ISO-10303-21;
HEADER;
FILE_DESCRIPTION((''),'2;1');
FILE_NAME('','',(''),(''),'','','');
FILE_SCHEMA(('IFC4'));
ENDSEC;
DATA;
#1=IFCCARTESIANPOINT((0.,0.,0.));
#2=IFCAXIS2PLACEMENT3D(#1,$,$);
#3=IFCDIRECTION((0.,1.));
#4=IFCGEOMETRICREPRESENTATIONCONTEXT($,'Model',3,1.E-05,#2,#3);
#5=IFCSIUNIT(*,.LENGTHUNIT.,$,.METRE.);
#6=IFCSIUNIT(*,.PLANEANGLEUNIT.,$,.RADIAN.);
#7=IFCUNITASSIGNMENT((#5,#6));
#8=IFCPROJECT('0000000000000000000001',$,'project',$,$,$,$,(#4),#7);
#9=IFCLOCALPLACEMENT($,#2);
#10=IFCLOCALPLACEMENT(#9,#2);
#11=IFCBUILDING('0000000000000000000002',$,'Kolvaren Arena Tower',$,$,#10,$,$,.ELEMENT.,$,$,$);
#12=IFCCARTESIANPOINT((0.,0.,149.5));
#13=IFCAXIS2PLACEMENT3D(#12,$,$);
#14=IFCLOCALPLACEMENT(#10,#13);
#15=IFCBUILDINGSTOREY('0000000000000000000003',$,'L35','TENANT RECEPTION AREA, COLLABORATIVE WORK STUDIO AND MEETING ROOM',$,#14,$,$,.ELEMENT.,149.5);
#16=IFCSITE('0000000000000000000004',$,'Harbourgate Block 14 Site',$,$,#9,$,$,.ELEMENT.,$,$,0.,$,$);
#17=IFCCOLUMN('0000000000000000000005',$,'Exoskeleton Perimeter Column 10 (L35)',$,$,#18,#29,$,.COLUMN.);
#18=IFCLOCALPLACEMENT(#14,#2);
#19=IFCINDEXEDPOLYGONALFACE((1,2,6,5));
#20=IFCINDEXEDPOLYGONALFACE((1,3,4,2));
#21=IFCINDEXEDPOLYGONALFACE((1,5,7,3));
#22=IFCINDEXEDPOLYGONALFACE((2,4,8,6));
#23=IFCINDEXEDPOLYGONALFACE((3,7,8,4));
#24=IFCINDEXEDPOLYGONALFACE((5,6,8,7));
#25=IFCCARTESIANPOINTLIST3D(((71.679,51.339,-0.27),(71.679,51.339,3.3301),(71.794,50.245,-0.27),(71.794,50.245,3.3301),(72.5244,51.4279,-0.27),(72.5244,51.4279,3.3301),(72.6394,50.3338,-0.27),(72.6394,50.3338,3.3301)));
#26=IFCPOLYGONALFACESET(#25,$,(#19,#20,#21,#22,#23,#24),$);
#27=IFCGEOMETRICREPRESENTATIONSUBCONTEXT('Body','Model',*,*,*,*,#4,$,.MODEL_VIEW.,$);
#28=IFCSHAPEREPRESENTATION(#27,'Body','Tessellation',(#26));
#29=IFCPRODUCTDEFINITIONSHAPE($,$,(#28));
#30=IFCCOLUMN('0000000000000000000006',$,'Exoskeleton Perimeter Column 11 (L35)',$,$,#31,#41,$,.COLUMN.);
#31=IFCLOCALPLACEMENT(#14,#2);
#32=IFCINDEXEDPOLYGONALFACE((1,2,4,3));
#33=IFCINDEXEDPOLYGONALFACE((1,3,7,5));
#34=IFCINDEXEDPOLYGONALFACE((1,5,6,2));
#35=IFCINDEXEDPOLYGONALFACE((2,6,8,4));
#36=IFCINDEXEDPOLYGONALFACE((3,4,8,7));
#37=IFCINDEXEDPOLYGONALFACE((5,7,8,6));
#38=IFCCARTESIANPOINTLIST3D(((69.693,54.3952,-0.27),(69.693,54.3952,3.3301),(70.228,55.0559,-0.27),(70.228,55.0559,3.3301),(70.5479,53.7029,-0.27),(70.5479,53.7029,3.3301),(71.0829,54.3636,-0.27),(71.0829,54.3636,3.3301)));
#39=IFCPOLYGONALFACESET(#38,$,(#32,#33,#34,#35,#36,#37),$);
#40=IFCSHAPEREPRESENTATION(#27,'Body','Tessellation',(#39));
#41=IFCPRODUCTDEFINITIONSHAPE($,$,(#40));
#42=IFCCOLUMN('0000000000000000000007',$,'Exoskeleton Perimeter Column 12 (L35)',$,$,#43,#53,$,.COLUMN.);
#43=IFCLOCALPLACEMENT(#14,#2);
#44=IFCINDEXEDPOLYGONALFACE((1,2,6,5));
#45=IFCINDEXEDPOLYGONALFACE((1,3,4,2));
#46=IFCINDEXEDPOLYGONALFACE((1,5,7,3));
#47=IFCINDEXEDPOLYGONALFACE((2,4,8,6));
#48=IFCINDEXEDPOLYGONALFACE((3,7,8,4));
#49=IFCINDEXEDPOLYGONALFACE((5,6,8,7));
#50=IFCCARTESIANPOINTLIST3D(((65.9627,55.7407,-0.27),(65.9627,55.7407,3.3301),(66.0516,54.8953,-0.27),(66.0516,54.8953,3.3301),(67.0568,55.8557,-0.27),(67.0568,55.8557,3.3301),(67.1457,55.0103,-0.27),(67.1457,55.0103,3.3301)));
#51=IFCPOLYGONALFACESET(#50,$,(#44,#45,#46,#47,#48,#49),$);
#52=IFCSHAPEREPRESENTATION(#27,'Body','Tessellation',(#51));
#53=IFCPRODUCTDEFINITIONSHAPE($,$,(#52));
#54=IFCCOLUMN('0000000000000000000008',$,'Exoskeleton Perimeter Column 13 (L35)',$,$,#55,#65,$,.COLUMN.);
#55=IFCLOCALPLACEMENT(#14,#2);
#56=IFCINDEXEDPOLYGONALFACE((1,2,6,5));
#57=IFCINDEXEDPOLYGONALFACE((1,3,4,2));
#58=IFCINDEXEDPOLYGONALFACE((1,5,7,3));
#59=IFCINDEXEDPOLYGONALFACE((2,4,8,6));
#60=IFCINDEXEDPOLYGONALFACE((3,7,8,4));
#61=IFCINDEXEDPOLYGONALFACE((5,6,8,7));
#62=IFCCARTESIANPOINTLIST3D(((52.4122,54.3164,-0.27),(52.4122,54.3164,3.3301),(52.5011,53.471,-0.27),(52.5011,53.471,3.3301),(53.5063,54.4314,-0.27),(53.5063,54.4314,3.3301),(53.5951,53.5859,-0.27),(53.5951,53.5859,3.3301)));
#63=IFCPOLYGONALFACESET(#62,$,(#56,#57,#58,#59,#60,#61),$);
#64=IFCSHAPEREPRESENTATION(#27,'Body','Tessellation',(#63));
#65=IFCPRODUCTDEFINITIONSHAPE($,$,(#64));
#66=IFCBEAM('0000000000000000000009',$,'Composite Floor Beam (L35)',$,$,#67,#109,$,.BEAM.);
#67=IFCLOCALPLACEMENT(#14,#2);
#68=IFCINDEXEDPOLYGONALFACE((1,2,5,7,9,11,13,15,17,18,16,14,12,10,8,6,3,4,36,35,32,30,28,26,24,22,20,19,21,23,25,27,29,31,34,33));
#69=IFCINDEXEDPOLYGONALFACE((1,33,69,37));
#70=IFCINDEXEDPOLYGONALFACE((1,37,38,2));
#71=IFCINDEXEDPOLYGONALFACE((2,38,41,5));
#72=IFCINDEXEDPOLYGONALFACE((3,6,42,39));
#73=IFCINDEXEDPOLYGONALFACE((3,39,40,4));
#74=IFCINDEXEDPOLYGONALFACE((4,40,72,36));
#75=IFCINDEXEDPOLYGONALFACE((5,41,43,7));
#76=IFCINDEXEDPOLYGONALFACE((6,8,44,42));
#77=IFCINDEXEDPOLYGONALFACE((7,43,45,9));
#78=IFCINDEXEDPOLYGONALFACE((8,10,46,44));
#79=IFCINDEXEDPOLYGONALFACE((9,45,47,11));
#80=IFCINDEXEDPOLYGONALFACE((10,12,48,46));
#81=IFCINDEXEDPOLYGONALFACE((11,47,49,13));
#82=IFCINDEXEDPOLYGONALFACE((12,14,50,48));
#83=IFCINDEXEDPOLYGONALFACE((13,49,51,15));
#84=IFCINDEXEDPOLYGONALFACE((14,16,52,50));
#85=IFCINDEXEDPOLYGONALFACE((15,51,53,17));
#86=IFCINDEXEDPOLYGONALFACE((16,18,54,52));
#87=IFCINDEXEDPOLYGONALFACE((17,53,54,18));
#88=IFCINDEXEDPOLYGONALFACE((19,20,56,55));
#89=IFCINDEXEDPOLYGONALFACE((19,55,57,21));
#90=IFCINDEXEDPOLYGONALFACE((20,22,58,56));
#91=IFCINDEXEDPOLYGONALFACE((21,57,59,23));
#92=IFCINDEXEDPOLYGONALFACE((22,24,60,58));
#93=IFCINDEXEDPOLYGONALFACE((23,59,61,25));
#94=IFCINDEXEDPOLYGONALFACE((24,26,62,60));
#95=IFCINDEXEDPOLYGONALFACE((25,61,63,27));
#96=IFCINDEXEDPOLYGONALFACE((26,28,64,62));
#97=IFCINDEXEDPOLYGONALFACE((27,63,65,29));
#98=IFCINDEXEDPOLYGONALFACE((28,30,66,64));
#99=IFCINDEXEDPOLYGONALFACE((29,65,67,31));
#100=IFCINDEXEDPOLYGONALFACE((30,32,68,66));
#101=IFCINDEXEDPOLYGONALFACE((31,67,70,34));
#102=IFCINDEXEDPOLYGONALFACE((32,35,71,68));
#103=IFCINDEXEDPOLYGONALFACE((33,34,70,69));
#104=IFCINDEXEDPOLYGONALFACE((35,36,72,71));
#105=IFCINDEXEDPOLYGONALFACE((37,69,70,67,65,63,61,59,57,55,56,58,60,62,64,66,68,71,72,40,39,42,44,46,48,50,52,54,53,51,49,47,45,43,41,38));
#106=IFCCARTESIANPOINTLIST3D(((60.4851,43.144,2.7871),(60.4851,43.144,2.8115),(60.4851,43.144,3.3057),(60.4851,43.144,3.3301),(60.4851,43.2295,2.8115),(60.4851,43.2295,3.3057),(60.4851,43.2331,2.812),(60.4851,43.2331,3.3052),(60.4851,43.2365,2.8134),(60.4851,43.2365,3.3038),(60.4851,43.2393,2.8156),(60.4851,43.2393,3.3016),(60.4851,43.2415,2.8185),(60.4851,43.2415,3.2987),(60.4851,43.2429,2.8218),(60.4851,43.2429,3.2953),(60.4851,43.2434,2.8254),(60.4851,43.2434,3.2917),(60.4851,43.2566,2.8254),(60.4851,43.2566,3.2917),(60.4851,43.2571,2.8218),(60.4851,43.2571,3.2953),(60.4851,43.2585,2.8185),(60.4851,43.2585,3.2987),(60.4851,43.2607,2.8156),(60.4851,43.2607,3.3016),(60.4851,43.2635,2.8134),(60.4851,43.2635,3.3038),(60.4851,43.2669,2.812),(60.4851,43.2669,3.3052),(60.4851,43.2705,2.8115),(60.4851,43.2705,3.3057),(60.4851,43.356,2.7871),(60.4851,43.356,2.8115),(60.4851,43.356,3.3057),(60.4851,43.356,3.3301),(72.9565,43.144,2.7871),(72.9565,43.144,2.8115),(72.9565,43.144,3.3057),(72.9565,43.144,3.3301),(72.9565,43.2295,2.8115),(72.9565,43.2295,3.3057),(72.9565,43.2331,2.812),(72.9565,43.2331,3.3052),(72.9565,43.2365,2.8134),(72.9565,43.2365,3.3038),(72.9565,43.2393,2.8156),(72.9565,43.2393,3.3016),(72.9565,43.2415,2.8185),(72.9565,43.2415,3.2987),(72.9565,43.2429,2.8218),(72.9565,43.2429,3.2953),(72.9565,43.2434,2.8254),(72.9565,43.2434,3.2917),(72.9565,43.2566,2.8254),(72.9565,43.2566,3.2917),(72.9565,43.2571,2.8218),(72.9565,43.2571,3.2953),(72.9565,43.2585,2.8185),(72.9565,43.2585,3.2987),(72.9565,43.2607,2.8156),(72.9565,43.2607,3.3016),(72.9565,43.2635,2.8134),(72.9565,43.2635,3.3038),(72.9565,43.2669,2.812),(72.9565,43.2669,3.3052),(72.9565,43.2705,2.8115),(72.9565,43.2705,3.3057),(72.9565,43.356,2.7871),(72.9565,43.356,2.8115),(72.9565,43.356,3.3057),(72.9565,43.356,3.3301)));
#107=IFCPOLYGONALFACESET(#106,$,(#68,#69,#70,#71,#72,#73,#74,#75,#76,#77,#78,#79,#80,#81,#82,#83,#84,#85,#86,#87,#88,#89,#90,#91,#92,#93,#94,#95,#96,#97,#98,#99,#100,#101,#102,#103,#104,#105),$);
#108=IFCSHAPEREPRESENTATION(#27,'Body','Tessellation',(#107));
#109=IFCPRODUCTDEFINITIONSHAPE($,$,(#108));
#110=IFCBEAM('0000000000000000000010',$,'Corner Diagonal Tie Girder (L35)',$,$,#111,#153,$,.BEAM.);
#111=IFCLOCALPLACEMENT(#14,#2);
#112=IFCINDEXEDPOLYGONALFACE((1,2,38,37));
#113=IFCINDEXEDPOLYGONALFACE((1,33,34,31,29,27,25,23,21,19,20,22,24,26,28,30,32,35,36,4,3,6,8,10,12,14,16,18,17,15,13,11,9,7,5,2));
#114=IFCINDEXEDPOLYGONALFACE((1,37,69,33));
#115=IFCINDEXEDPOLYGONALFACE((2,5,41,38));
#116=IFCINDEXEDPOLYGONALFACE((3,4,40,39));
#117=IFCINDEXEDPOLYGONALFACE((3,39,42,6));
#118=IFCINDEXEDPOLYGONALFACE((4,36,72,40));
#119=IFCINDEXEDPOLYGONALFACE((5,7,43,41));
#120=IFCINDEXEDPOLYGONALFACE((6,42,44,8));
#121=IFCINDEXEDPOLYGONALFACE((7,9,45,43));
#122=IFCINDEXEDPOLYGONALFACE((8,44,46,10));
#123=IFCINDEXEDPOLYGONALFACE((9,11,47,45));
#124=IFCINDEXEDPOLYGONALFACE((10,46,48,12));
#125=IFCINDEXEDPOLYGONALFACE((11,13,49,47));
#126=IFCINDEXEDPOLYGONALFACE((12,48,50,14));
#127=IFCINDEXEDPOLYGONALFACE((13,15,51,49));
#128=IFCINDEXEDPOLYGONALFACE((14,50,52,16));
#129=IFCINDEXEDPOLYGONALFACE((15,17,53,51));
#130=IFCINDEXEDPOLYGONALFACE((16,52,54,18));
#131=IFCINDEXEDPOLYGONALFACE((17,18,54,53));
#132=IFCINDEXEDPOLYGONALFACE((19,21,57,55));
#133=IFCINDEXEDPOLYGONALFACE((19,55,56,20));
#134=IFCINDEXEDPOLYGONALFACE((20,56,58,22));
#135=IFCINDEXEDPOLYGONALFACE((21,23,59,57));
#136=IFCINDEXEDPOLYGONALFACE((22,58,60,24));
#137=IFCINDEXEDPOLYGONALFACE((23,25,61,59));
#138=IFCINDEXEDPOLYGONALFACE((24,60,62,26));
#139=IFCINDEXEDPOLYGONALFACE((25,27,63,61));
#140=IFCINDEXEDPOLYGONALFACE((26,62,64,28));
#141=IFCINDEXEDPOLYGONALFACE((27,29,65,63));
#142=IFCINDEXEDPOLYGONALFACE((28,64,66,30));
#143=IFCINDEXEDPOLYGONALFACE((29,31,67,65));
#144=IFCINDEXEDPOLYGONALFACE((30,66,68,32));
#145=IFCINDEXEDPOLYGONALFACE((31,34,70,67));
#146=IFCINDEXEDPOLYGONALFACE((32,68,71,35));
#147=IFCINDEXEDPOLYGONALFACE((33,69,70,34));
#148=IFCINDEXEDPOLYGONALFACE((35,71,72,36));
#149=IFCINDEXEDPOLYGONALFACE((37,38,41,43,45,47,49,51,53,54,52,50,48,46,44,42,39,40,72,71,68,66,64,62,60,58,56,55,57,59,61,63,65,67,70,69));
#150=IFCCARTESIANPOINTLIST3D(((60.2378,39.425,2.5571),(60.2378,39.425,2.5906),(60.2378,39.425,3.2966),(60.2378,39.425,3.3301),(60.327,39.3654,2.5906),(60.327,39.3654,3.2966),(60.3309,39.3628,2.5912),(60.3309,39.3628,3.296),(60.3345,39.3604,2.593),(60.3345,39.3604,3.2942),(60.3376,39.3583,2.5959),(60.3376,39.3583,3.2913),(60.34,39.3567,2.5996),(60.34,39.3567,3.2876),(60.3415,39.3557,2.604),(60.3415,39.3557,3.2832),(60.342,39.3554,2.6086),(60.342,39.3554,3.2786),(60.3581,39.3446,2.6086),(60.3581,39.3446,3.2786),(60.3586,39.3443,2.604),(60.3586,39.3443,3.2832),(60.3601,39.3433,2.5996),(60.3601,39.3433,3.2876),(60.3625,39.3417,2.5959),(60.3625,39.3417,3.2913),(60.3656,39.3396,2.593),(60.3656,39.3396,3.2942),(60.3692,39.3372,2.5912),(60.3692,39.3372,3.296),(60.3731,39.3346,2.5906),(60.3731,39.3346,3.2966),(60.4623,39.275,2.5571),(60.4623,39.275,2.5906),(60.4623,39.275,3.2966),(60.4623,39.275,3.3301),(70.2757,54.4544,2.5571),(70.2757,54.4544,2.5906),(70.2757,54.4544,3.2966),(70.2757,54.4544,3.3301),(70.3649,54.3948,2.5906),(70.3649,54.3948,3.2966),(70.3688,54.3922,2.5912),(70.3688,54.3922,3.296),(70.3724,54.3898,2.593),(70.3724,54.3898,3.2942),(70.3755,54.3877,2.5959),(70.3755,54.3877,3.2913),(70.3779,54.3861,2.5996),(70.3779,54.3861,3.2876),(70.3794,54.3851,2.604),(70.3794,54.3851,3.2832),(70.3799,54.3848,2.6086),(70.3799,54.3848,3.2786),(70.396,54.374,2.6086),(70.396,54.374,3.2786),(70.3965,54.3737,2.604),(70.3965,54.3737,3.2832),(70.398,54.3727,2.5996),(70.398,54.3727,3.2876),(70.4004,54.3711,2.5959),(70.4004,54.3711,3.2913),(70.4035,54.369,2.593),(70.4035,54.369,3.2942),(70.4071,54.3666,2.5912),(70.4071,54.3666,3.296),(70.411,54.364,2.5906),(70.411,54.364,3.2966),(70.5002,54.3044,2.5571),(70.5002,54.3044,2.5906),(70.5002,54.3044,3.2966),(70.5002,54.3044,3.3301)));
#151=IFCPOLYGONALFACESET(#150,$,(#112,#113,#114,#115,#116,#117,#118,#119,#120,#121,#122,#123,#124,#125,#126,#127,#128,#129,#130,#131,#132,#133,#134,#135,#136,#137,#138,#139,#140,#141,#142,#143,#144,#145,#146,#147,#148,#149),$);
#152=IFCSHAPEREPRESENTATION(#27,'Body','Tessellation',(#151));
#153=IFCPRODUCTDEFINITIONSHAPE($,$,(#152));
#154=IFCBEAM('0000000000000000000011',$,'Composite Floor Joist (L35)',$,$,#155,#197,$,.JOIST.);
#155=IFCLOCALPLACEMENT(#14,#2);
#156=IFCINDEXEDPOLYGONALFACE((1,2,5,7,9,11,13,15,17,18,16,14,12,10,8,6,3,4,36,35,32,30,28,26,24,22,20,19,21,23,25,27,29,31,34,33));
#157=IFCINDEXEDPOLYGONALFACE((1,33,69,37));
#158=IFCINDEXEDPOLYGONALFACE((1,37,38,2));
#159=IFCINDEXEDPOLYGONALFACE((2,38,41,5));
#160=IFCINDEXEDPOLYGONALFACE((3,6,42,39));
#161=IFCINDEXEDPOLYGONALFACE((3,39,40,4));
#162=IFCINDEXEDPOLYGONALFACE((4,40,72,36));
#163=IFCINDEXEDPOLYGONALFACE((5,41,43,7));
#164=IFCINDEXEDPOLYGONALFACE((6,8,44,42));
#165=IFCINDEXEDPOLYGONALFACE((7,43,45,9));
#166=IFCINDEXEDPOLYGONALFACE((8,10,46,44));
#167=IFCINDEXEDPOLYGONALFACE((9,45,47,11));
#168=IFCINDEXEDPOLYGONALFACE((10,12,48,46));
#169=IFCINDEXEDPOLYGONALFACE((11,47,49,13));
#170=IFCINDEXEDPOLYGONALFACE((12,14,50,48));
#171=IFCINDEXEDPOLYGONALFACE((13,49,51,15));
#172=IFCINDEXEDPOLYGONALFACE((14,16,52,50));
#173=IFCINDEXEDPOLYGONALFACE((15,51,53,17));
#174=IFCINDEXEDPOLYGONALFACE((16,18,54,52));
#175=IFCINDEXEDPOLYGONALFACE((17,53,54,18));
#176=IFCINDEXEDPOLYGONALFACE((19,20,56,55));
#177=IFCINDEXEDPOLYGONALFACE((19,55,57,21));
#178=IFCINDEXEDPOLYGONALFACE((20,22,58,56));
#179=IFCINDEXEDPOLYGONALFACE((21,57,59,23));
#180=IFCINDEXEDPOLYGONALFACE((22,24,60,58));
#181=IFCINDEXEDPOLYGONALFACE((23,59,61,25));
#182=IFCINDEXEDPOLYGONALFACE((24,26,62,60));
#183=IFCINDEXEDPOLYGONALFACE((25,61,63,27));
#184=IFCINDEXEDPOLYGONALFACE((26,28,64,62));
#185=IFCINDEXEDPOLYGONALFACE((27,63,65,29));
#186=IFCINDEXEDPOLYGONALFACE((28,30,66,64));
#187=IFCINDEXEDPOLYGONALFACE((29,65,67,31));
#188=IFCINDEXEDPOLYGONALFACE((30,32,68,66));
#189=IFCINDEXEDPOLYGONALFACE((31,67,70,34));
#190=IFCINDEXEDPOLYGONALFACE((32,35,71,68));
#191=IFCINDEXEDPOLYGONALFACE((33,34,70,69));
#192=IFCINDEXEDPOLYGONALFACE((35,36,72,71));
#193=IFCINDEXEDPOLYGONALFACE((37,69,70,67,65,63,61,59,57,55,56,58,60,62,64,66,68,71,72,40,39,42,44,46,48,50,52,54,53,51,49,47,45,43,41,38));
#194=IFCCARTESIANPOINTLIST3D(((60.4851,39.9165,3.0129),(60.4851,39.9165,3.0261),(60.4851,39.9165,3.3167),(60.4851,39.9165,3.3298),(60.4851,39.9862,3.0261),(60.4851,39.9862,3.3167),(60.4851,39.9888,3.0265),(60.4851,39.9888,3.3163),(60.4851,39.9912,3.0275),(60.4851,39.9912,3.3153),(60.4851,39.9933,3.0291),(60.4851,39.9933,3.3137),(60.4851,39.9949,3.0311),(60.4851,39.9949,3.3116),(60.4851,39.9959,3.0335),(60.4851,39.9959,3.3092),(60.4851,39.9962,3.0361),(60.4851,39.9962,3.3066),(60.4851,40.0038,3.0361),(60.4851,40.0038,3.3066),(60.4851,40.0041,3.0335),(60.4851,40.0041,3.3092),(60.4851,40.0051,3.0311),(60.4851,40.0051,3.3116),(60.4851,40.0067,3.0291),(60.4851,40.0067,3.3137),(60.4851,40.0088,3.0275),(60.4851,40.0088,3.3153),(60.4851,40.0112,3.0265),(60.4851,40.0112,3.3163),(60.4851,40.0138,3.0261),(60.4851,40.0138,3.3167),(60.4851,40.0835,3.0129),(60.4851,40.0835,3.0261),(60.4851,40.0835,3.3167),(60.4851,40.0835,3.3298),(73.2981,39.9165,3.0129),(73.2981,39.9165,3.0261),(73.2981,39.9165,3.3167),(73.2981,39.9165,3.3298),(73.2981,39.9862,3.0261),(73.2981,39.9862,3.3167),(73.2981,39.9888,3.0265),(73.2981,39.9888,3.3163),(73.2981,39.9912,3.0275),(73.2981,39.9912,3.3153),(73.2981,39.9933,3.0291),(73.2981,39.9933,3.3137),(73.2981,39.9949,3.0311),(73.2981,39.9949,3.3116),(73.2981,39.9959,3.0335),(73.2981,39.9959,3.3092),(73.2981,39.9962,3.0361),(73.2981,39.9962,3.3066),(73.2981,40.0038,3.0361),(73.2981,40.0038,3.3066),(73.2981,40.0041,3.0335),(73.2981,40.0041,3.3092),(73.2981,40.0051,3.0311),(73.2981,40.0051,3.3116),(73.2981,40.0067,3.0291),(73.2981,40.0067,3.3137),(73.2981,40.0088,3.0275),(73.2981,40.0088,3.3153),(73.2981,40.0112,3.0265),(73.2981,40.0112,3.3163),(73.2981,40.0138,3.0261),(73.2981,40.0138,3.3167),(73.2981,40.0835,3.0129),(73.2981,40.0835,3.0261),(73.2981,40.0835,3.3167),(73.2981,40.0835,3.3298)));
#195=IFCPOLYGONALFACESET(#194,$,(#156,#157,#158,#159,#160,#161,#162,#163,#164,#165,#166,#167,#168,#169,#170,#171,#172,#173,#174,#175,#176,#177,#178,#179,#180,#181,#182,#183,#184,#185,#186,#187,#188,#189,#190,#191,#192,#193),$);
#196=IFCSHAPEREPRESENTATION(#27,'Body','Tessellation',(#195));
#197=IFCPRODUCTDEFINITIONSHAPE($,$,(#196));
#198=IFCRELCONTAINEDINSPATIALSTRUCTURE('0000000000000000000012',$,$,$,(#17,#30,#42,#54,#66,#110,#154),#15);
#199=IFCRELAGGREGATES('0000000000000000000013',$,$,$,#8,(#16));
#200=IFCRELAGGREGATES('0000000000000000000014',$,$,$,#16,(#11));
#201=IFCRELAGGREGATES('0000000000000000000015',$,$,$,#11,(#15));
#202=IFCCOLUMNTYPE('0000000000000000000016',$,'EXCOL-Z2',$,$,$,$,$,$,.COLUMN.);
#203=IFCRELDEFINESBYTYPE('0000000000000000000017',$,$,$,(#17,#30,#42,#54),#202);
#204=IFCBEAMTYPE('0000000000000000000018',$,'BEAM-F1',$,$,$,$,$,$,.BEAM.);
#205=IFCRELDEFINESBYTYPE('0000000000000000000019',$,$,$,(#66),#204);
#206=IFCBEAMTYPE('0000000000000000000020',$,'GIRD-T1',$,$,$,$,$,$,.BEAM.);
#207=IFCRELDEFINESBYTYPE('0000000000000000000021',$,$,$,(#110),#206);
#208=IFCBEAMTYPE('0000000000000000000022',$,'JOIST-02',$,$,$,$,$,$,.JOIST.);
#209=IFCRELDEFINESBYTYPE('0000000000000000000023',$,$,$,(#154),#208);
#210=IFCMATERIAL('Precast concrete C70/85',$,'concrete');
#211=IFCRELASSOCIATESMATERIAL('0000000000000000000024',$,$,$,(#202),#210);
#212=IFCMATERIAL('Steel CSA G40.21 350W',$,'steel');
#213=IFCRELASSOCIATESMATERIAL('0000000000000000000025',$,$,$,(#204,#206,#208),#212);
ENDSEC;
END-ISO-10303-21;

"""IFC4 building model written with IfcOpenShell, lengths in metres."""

from ifc_helpers import new_model, si_unit, direction, frame, origin, origin_2d, place, context, subcontext, project, spatial, rectangle, i_section, extrude, material, material_profile, profile_set, type_object, element, save


model = new_model("IFC4")

# Units and contexts
model_context = context("Model", 3, precision=1e-05, world=origin(), true_north=direction((0.0, 1.0)))
body_context = subcontext(model_context, "Body", "Model", "MODEL_VIEW")
ifc_project = project(units=[si_unit("LENGTHUNIT", "METRE"), si_unit("PLANEANGLEUNIT", "RADIAN")], contexts=[model_context])

# Site, building, storey
site_placement = place(None, origin())
site = spatial("IfcSite", under=ifc_project, at=site_placement, Name="Harbourgate Block 14 Site", CompositionType="ELEMENT", RefElevation=0.0)
building_placement = place(site_placement, origin())
building = spatial("IfcBuilding", under=site, at=building_placement, Name="Kolvaren Arena Tower", CompositionType="ELEMENT")
storey_placement = place(building_placement, frame((0.0, 0.0, 149.5)))
storey = spatial("IfcBuildingStorey", under=building, at=storey_placement, Name="L35", Description="TENANT RECEPTION AREA, COLLABORATIVE WORK STUDIO AND MEETING ROOM", CompositionType="ELEMENT", Elevation=149.5)

# Columns
ifc_material_1 = material(Name="Precast concrete C70/85", Category="concrete")
ifc_material_profile_1 = material_profile(ifc_material_1, rectangle(XDim=1.1001, YDim=0.8501, at=origin_2d()), Name="RC-1100x850")
ifc_profile_set_1 = profile_set([ifc_material_profile_1], Name="Precast concrete C70/85")
column_type = type_object("IfcColumnType", Name="EXCOL-Z2", PredefinedType="COLUMN", material=ifc_profile_set_1)
for number, where, z_axis, x_axis, name in (
    (1, (72.1592, 50.8364, -0.27), (0.0, 0.0, 1.0), (-0.104528, 0.994522, 0.0), "Exoskeleton Perimeter Column 10 (L35)"),
    (2, (70.3879, 54.3794, -0.27), (0.0, 0.0, 1.0), (-0.777146, 0.62932, 0.0), "Exoskeleton Perimeter Column 11 (L35)"),
    (3, (66.5542, 55.3755, -0.27), (0.0, 0.0, 1.0), (0.994522, 0.104528, 0.0), "Exoskeleton Perimeter Column 12 (L35)"),
    (4, (53.0037, 53.9512, -0.27), (0.0, 0.0, 1.0), (0.994522, 0.104528, 0.0), "Exoskeleton Perimeter Column 13 (L35)"),
):
    element("IfcColumn", number, at=place(storey_placement, frame(where, z_axis=z_axis, x_axis=x_axis)), inside=storey, type_object=column_type, Name=name, PredefinedType="COLUMN", context=body_context, shape_type="SweptSolid", body=[
        extrude(rectangle(XDim=1.1001, YDim=0.8501, at=origin_2d()), origin(), (0.0, 0.0, 1.0), 3.6001),
    ])

# Beams
ifc_material_2 = material(Name="Steel CSA G40.21 350W", Category="steel")
ifc_material_profile_2 = material_profile(ifc_material_2, i_section(OverallWidth=0.2119, OverallDepth=0.543, WebThickness=0.0132, FlangeThickness=0.0244, FilletRadius=0.0139, at=origin_2d()), Name="W530x150")
ifc_profile_set_2 = profile_set([ifc_material_profile_2], Name="Steel CSA G40.21 350W")
beam_type_1 = type_object("IfcBeamType", Name="BEAM-F1", PredefinedType="BEAM", material=ifc_profile_set_2)
beam_1_placement = place(storey_placement, frame((60.4851, 43.25, 3.0586), z_axis=(1.0, 0.0, 0.0), x_axis=(0.0, 1.0, 0.0)))
element("IfcBeam", 5, at=beam_1_placement, inside=storey, type_object=beam_type_1, Name="Composite Floor Beam (L35)", PredefinedType="BEAM", context=body_context, shape_type="SweptSolid", body=[
    extrude(i_section(OverallWidth=0.2119, OverallDepth=0.543, WebThickness=0.0132, FlangeThickness=0.0244, FilletRadius=0.0139, at=origin_2d()), origin(), (0.0, 0.0, 1.0), 12.4714),
])
ifc_material_profile_3 = material_profile(ifc_material_2, i_section(OverallWidth=0.27, OverallDepth=0.7729, WebThickness=0.0193, FlangeThickness=0.0334, FilletRadius=0.0181, at=origin_2d()), Name="W760x257")
ifc_profile_set_3 = profile_set([ifc_material_profile_3], Name="Steel CSA G40.21 350W")
beam_type_2 = type_object("IfcBeamType", Name="GIRD-T1", PredefinedType="BEAM", material=ifc_profile_set_3)
beam_2_placement = place(storey_placement, frame((70.3879, 54.3794, 2.9436), z_axis=(-0.555401, -0.831582, 0.0), x_axis=(0.831582, -0.555401, 0.0)))
element("IfcBeam", 6, at=beam_2_placement, inside=storey, type_object=beam_type_2, Name="Corner Diagonal Tie Girder (L35)", PredefinedType="BEAM", context=body_context, shape_type="SweptSolid", body=[
    extrude(i_section(OverallWidth=0.27, OverallDepth=0.7729, WebThickness=0.0193, FlangeThickness=0.0334, FilletRadius=0.0181, at=origin_2d()), origin(), (0.0, 0.0, 1.0), 18.0732),
])
ifc_material_profile_4 = material_profile(ifc_material_2, i_section(OverallWidth=0.167, OverallDepth=0.3169, WebThickness=0.0076, FlangeThickness=0.0132, FilletRadius=0.01, at=origin_2d()), Name="W310x52")
ifc_profile_set_4 = profile_set([ifc_material_profile_4], Name="Steel CSA G40.21 350W")
beam_type_3 = type_object("IfcBeamType", Name="JOIST-02", PredefinedType="JOIST", material=ifc_profile_set_4)
beam_3_placement = place(storey_placement, frame((60.4851, 40.0, 3.1714), z_axis=(1.0, 0.0, 0.0), x_axis=(0.0, 1.0, 0.0)))
element("IfcBeam", 7, at=beam_3_placement, inside=storey, type_object=beam_type_3, Name="Composite Floor Joist (L35)", PredefinedType="JOIST", context=body_context, shape_type="SweptSolid", body=[
    extrude(i_section(OverallWidth=0.167, OverallDepth=0.3169, WebThickness=0.0076, FlangeThickness=0.0132, FilletRadius=0.01, at=origin_2d()), origin(), (0.0, 0.0, 1.0), 12.813),
])

save(model, "model.ifc")
